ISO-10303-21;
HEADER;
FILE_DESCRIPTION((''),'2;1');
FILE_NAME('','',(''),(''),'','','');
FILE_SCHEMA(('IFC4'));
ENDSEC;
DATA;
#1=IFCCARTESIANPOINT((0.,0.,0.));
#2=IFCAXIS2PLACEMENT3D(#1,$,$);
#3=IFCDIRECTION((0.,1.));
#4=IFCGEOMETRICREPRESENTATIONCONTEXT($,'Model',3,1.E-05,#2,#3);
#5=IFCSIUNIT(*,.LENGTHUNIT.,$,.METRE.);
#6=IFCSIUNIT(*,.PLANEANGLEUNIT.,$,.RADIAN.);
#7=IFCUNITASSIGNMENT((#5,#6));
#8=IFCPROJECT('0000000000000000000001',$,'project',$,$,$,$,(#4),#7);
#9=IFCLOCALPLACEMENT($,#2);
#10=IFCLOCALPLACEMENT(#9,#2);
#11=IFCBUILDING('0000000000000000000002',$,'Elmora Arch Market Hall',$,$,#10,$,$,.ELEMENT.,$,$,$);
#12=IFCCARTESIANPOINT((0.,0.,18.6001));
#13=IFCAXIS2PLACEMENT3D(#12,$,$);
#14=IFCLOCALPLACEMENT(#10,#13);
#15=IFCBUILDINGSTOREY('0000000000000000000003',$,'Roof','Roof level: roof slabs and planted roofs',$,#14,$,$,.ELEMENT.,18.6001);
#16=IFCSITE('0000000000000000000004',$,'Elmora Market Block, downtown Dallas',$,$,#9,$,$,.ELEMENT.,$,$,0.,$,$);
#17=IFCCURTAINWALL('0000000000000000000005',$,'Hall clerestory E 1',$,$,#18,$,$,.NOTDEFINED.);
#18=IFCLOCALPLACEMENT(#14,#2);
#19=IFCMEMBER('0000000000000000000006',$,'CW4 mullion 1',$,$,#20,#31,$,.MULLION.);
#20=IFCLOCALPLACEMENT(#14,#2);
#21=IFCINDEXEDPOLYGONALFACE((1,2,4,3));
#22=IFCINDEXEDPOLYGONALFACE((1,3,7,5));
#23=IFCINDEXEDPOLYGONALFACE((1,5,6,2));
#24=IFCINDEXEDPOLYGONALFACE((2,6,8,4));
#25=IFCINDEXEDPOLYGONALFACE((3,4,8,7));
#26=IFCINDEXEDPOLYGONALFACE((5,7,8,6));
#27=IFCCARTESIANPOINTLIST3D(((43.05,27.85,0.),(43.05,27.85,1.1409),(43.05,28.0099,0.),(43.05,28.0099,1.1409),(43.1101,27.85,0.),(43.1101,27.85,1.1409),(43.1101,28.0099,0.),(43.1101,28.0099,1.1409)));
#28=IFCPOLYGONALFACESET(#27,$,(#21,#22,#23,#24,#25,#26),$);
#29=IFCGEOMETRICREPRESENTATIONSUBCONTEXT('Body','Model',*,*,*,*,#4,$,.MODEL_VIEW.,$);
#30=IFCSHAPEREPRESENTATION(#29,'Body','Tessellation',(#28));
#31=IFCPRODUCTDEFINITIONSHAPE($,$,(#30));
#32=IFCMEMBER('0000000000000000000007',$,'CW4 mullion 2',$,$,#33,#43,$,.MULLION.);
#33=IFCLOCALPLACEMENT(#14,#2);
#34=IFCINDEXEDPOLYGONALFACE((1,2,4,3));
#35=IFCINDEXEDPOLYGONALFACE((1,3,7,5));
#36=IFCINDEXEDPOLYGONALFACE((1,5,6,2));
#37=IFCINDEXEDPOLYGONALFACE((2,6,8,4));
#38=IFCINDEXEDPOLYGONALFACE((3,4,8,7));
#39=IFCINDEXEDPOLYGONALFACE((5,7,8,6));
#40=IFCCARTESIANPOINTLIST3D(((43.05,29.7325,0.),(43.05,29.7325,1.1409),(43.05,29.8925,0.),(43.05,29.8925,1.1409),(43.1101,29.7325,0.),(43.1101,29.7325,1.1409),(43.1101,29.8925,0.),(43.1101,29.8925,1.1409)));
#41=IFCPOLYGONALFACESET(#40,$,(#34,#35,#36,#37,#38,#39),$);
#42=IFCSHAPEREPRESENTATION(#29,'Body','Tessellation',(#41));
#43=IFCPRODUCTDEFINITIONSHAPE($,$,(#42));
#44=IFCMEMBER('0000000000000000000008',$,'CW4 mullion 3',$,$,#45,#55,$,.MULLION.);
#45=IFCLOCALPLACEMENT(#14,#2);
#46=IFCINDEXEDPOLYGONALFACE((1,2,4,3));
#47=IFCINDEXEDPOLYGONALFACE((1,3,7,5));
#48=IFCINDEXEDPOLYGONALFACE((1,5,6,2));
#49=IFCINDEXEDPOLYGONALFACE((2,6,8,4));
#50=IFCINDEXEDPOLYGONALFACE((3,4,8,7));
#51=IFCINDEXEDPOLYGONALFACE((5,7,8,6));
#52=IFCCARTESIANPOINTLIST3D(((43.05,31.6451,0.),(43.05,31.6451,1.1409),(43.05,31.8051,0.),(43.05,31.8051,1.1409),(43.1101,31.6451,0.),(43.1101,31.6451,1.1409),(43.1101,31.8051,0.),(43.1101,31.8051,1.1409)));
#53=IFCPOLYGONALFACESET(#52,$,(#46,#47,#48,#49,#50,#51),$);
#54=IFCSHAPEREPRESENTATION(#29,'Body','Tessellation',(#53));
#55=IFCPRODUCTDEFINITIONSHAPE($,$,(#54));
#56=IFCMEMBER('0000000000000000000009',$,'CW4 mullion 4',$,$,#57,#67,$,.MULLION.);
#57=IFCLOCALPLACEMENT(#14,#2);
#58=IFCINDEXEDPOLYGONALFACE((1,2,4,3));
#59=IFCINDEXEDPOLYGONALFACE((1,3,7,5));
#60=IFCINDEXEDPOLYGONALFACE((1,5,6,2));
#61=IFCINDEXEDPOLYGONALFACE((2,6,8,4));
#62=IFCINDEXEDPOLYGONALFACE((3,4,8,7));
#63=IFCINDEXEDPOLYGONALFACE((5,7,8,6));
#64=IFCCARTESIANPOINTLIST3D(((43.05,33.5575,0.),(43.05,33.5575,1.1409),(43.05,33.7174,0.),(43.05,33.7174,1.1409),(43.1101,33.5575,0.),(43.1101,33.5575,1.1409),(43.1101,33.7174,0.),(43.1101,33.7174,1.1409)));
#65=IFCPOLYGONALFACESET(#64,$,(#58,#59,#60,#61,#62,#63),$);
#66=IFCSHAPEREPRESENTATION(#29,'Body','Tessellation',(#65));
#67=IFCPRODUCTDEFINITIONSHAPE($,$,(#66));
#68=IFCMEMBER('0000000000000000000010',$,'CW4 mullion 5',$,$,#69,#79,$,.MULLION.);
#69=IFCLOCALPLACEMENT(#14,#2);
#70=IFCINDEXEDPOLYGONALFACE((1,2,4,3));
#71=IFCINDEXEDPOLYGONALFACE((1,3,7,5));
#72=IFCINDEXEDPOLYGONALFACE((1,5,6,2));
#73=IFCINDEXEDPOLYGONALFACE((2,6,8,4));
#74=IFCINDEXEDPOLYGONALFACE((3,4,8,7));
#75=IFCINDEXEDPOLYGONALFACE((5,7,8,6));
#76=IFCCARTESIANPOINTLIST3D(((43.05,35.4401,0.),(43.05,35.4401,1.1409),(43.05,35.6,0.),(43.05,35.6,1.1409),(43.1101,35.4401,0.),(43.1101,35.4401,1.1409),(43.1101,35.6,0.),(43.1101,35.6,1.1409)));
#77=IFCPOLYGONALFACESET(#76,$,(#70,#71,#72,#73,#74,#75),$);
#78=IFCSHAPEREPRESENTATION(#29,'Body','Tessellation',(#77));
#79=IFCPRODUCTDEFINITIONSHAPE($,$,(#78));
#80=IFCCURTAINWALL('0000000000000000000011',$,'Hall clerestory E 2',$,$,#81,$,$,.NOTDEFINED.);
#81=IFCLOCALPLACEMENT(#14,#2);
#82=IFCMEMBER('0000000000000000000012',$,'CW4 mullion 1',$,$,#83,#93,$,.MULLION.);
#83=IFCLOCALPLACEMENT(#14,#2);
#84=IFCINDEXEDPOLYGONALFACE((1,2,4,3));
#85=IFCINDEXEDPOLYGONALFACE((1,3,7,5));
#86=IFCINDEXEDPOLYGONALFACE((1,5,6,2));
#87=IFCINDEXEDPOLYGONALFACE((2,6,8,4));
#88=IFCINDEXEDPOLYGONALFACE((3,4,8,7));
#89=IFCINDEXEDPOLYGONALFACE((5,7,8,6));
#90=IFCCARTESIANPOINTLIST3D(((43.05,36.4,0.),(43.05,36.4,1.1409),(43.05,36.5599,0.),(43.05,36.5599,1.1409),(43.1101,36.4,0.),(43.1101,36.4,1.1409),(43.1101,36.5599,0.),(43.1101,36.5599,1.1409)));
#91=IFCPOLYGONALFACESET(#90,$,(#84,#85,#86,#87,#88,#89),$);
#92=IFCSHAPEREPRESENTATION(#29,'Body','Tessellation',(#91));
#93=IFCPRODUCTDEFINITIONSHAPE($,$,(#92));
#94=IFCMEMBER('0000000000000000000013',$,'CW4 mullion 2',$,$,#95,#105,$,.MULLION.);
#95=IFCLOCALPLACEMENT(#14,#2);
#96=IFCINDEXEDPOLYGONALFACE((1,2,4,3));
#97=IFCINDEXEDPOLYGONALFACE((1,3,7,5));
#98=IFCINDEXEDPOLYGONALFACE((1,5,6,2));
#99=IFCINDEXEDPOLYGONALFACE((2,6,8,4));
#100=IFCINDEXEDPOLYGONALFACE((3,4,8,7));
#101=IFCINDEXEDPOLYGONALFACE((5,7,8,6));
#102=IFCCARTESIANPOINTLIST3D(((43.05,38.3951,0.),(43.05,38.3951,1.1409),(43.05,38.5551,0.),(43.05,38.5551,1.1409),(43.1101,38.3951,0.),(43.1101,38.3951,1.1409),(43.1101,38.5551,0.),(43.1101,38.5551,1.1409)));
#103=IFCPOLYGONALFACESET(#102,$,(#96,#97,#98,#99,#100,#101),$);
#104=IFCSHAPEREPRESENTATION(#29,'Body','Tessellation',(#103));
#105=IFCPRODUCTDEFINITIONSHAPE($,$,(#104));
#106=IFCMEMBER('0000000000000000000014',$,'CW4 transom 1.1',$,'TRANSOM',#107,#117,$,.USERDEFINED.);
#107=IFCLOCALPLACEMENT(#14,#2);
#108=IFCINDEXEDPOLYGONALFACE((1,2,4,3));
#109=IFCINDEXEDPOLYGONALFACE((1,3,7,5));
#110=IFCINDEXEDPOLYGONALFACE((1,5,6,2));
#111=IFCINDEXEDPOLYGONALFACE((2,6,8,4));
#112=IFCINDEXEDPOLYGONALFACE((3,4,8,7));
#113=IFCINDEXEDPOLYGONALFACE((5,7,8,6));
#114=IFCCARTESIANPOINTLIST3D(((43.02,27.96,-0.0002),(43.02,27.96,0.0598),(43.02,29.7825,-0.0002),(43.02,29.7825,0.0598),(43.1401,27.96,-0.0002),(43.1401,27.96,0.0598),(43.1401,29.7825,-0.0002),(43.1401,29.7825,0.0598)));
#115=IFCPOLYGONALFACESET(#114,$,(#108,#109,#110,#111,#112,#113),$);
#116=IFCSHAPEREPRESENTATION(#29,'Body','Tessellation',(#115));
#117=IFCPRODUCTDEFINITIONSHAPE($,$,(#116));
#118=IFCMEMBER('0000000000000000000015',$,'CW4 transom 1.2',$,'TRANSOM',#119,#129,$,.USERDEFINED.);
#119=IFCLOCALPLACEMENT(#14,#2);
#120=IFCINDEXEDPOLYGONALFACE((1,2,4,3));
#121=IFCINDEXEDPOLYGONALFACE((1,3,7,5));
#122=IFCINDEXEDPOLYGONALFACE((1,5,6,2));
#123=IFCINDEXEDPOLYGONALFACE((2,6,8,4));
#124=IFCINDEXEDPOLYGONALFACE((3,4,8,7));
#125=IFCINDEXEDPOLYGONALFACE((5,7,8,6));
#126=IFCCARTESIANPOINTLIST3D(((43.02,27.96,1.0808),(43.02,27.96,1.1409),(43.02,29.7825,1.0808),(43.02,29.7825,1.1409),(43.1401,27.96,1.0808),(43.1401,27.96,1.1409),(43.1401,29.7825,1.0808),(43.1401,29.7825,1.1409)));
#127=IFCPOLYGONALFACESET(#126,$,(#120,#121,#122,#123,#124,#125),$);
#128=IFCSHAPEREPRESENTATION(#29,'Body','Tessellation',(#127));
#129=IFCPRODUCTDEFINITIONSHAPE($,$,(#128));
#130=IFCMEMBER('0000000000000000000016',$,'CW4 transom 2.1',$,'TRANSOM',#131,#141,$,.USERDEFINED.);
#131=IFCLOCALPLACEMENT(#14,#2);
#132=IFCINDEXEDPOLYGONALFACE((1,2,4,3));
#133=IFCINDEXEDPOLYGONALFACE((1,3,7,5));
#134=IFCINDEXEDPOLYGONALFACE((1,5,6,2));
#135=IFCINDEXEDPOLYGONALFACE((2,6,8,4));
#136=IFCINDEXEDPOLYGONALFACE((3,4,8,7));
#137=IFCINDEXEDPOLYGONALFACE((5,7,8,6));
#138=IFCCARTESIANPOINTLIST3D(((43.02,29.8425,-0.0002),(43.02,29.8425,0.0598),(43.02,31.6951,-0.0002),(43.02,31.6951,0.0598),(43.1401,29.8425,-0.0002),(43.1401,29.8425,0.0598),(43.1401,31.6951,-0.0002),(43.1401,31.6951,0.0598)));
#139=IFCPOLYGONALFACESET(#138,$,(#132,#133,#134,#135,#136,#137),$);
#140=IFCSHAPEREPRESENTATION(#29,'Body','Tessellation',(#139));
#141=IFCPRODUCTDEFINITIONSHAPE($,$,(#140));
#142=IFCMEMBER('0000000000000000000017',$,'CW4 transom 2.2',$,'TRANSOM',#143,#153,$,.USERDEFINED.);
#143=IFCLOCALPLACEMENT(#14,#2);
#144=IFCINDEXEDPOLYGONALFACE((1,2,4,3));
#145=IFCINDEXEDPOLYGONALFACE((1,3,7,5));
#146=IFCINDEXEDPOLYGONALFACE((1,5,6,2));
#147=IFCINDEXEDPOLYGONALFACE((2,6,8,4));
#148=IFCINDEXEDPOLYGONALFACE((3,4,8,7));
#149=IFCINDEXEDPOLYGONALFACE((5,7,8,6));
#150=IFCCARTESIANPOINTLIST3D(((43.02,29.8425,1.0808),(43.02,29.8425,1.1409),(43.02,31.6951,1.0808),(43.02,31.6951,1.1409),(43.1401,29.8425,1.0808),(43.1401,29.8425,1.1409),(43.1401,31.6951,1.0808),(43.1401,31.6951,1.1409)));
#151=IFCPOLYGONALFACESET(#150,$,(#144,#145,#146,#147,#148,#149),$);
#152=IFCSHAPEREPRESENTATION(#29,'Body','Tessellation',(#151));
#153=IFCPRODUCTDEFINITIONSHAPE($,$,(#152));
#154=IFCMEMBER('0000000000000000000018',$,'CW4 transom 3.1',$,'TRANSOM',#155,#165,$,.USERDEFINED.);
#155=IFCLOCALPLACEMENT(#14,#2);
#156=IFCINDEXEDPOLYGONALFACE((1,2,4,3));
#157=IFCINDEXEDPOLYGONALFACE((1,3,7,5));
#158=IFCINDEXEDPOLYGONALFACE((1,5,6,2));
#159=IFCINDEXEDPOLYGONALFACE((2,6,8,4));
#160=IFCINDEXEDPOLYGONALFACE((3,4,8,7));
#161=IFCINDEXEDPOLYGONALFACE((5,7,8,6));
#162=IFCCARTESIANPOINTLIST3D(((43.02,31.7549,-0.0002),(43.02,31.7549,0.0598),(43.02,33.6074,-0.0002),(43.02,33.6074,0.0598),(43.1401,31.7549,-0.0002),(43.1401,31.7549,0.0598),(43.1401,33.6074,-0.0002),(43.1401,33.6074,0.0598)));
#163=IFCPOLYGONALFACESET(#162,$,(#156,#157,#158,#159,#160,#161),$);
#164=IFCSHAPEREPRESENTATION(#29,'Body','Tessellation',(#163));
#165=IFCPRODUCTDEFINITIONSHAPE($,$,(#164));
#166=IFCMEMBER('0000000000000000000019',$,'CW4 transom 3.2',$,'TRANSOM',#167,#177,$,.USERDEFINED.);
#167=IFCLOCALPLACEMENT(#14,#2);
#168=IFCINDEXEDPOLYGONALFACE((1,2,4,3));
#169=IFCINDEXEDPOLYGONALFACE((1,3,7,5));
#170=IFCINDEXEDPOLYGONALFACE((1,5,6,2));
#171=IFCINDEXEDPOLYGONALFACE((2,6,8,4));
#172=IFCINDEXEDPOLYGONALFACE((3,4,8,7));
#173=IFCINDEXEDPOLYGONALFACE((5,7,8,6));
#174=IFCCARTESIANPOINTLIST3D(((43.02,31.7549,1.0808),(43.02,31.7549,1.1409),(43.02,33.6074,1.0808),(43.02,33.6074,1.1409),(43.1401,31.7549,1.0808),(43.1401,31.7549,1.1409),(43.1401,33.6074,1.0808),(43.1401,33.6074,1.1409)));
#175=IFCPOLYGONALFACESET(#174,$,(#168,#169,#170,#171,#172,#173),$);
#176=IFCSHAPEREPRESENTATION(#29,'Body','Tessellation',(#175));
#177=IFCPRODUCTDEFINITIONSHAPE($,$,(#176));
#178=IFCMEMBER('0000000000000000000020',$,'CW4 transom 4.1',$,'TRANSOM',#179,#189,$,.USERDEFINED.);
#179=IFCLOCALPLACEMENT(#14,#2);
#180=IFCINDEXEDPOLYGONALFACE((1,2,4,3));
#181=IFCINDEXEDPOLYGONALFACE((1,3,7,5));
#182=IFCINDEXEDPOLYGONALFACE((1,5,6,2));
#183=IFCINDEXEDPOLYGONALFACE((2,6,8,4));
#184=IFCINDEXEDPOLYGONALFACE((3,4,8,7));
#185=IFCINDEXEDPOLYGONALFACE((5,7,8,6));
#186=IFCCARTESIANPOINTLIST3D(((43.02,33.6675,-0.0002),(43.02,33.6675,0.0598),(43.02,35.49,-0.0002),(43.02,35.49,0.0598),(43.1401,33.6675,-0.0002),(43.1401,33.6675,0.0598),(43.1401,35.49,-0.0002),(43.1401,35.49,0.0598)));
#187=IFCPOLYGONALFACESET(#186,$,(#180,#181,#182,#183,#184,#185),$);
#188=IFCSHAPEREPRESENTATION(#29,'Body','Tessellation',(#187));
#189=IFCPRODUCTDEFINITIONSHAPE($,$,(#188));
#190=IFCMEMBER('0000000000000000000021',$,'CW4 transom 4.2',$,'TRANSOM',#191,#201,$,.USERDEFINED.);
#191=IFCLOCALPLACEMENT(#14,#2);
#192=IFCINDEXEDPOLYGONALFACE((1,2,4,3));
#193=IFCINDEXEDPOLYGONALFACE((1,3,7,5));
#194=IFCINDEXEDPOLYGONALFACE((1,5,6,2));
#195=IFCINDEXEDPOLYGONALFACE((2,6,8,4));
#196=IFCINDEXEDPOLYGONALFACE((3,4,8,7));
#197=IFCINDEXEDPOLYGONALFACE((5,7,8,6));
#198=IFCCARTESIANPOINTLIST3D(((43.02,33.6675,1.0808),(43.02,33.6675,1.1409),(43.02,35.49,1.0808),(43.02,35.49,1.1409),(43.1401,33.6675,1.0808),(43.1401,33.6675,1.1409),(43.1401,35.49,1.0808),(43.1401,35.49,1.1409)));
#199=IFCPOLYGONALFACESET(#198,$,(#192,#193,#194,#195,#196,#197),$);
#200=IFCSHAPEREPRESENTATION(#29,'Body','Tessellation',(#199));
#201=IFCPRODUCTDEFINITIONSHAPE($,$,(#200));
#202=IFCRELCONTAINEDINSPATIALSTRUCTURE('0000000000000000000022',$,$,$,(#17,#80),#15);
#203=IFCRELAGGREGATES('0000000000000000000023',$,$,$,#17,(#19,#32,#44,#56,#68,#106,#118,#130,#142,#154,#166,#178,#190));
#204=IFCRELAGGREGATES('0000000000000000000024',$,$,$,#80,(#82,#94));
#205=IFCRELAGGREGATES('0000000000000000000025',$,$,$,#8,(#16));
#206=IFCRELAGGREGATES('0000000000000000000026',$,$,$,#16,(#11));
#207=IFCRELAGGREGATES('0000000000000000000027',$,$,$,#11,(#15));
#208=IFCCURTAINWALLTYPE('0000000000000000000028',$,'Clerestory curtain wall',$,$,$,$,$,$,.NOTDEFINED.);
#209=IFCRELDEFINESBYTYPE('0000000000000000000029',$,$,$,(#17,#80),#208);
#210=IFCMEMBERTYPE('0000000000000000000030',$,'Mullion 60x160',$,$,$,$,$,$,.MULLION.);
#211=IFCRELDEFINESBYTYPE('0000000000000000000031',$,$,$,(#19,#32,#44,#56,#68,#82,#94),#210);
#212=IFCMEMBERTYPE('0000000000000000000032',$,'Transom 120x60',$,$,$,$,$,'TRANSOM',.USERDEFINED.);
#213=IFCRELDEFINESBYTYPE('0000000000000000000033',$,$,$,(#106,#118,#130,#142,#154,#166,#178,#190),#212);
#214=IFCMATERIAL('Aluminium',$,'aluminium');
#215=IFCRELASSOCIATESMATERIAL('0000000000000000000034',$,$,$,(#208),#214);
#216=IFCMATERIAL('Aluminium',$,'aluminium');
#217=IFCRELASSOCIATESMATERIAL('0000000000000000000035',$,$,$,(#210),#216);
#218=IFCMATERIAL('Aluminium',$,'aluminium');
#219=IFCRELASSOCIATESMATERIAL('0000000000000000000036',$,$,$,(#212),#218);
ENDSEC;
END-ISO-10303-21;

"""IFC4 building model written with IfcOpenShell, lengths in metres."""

from ifc_helpers import new_model, si_unit, direction, frame, origin, origin_2d, place, context, subcontext, project, spatial, rectangle, extrude, material, material_profile, profile_set, type_object, element, aggregate, save


model = new_model("IFC4")

# Units and contexts
model_context = context("Model", 3, precision=1e-05, world=origin(), true_north=direction((0.0, 1.0)))
body_context = subcontext(model_context, "Body", "Model", "MODEL_VIEW")
ifc_project = project(units=[si_unit("LENGTHUNIT", "METRE"), si_unit("PLANEANGLEUNIT", "RADIAN")], contexts=[model_context])

# Site, building, storey
site_placement = place(None, origin())
site = spatial("IfcSite", under=ifc_project, at=site_placement, Name="Elmora Market Block, downtown Dallas", CompositionType="ELEMENT", RefElevation=0.0)
building_placement = place(site_placement, origin())
building = spatial("IfcBuilding", under=site, at=building_placement, Name="Elmora Arch Market Hall", CompositionType="ELEMENT")
storey_placement = place(building_placement, frame((0.0, 0.0, 18.6001)))
storey = spatial("IfcBuildingStorey", under=building, at=storey_placement, Name="Roof", Description="Roof level: roof slabs and planted roofs", CompositionType="ELEMENT", Elevation=18.6001)

# Curtain walls, members
ifc_material_1 = material(Name="Aluminium", Category="aluminium")
curtain_wall_type = type_object("IfcCurtainWallType", Name="Clerestory curtain wall", PredefinedType="NOTDEFINED", material=ifc_material_1)
curtain_wall_1_placement = place(storey_placement, origin())
curtain_wall_1 = element("IfcCurtainWall", 1, at=curtain_wall_1_placement, inside=storey, type_object=curtain_wall_type, Name="Hall clerestory E 1", PredefinedType="NOTDEFINED")
ifc_material_2 = material(Name="Aluminium", Category="aluminium")
ifc_material_profile_1 = material_profile(ifc_material_2, rectangle(XDim=0.0601, YDim=0.1599, at=origin_2d()), Name="AL 60x160")
ifc_profile_set_1 = profile_set([ifc_material_profile_1], Name="Aluminium")
member_type_1 = type_object("IfcMemberType", Name="Mullion 60x160", PredefinedType="MULLION", material=ifc_profile_set_1)
member_1_placement = place(storey_placement, frame((43.0801, 27.9299, 0.0), z_axis=(0.0, 0.0, 1.0), x_axis=(-1.0, 0.0, 0.0)))
member_1 = element("IfcMember", 2, at=member_1_placement, type_object=member_type_1, Name="CW4 mullion 1", PredefinedType="MULLION", context=body_context, shape_type="SweptSolid", body=[
    extrude(rectangle(XDim=0.0601, YDim=0.1599, at=origin_2d()), origin(), (0.0, 0.0, 1.0), 1.1409),
])
member_2_placement = place(storey_placement, frame((43.0801, 29.8125, 0.0), z_axis=(0.0, 0.0, 1.0), x_axis=(-1.0, 0.0, 0.0)))
member_2 = element("IfcMember", 3, at=member_2_placement, type_object=member_type_1, Name="CW4 mullion 2", PredefinedType="MULLION", context=body_context, shape_type="SweptSolid", body=[
    extrude(rectangle(XDim=0.0601, YDim=0.1599, at=origin_2d()), origin(), (0.0, 0.0, 1.0), 1.1409),
])
member_3_placement = place(storey_placement, frame((43.0801, 31.7251, 0.0), z_axis=(0.0, 0.0, 1.0), x_axis=(-1.0, 0.0, 0.0)))
member_3 = element("IfcMember", 4, at=member_3_placement, type_object=member_type_1, Name="CW4 mullion 3", PredefinedType="MULLION", context=body_context, shape_type="SweptSolid", body=[
    extrude(rectangle(XDim=0.0601, YDim=0.1599, at=origin_2d()), origin(), (0.0, 0.0, 1.0), 1.1409),
])
member_4_placement = place(storey_placement, frame((43.0801, 33.6375, 0.0), z_axis=(0.0, 0.0, 1.0), x_axis=(-1.0, 0.0, 0.0)))
member_4 = element("IfcMember", 5, at=member_4_placement, type_object=member_type_1, Name="CW4 mullion 4", PredefinedType="MULLION", context=body_context, shape_type="SweptSolid", body=[
    extrude(rectangle(XDim=0.0601, YDim=0.1599, at=origin_2d()), origin(), (0.0, 0.0, 1.0), 1.1409),
])
member_5_placement = place(storey_placement, frame((43.0801, 35.52, 0.0), z_axis=(0.0, 0.0, 1.0), x_axis=(-1.0, 0.0, 0.0)))
member_5 = element("IfcMember", 6, at=member_5_placement, type_object=member_type_1, Name="CW4 mullion 5", PredefinedType="MULLION", context=body_context, shape_type="SweptSolid", body=[
    extrude(rectangle(XDim=0.0601, YDim=0.1599, at=origin_2d()), origin(), (0.0, 0.0, 1.0), 1.1409),
])
curtain_wall_2_placement = place(storey_placement, origin())
curtain_wall_2 = element("IfcCurtainWall", 7, at=curtain_wall_2_placement, inside=storey, type_object=curtain_wall_type, Name="Hall clerestory E 2", PredefinedType="NOTDEFINED")
member_6_placement = place(storey_placement, frame((43.0801, 36.48, 0.0), z_axis=(0.0, 0.0, 1.0), x_axis=(-1.0, 0.0, 0.0)))
member_6 = element("IfcMember", 8, at=member_6_placement, type_object=member_type_1, Name="CW4 mullion 1", PredefinedType="MULLION", context=body_context, shape_type="SweptSolid", body=[
    extrude(rectangle(XDim=0.0601, YDim=0.1599, at=origin_2d()), origin(), (0.0, 0.0, 1.0), 1.1409),
])
member_7_placement = place(storey_placement, frame((43.0801, 38.4751, 0.0), z_axis=(0.0, 0.0, 1.0), x_axis=(-1.0, 0.0, 0.0)))
member_7 = element("IfcMember", 9, at=member_7_placement, type_object=member_type_1, Name="CW4 mullion 2", PredefinedType="MULLION", context=body_context, shape_type="SweptSolid", body=[
    extrude(rectangle(XDim=0.0601, YDim=0.1599, at=origin_2d()), origin(), (0.0, 0.0, 1.0), 1.1409),
])

# Members
ifc_material_3 = material(Name="Aluminium", Category="aluminium")
ifc_material_profile_2 = material_profile(ifc_material_3, rectangle(XDim=0.1201, YDim=0.0601, at=origin_2d()), Name="AL 120x60")
ifc_profile_set_2 = profile_set([ifc_material_profile_2], Name="Aluminium")
member_type_2 = type_object("IfcMemberType", Name="Transom 120x60", ElementType="TRANSOM", PredefinedType="USERDEFINED", material=ifc_profile_set_2)
member_8_placement = place(storey_placement, frame((43.0801, 27.96, 0.0298), z_axis=(0.0, 1.0, 0.0), x_axis=(-1.0, 0.0, 0.0)))
member_8 = element("IfcMember", 10, at=member_8_placement, type_object=member_type_2, Name="CW4 transom 1.1", ObjectType="TRANSOM", PredefinedType="USERDEFINED", context=body_context, shape_type="SweptSolid", body=[
    extrude(rectangle(XDim=0.1201, YDim=0.0601, at=origin_2d()), origin(), (0.0, 0.0, 1.0), 1.8225),
])
member_9_placement = place(storey_placement, frame((43.0801, 27.96, 1.1108), z_axis=(0.0, 1.0, 0.0), x_axis=(-1.0, 0.0, 0.0)))
member_9 = element("IfcMember", 11, at=member_9_placement, type_object=member_type_2, Name="CW4 transom 1.2", ObjectType="TRANSOM", PredefinedType="USERDEFINED", context=body_context, shape_type="SweptSolid", body=[
    extrude(rectangle(XDim=0.1201, YDim=0.0601, at=origin_2d()), origin(), (0.0, 0.0, 1.0), 1.8225),
])
member_10_placement = place(storey_placement, frame((43.0801, 29.8425, 0.0298), z_axis=(0.0, 1.0, 0.0), x_axis=(-1.0, 0.0, 0.0)))
member_10 = element("IfcMember", 12, at=member_10_placement, type_object=member_type_2, Name="CW4 transom 2.1", ObjectType="TRANSOM", PredefinedType="USERDEFINED", context=body_context, shape_type="SweptSolid", body=[
    extrude(rectangle(XDim=0.1201, YDim=0.0601, at=origin_2d()), origin(), (0.0, 0.0, 1.0), 1.8525),
])
member_11_placement = place(storey_placement, frame((43.0801, 29.8425, 1.1108), z_axis=(0.0, 1.0, 0.0), x_axis=(-1.0, 0.0, 0.0)))
member_11 = element("IfcMember", 13, at=member_11_placement, type_object=member_type_2, Name="CW4 transom 2.2", ObjectType="TRANSOM", PredefinedType="USERDEFINED", context=body_context, shape_type="SweptSolid", body=[
    extrude(rectangle(XDim=0.1201, YDim=0.0601, at=origin_2d()), origin(), (0.0, 0.0, 1.0), 1.8525),
])
member_12_placement = place(storey_placement, frame((43.0801, 31.7549, 0.0298), z_axis=(0.0, 1.0, 0.0), x_axis=(-1.0, 0.0, 0.0)))
member_12 = element("IfcMember", 14, at=member_12_placement, type_object=member_type_2, Name="CW4 transom 3.1", ObjectType="TRANSOM", PredefinedType="USERDEFINED", context=body_context, shape_type="SweptSolid", body=[
    extrude(rectangle(XDim=0.1201, YDim=0.0601, at=origin_2d()), origin(), (0.0, 0.0, 1.0), 1.8525),
])
member_13_placement = place(storey_placement, frame((43.0801, 31.7549, 1.1108), z_axis=(0.0, 1.0, 0.0), x_axis=(-1.0, 0.0, 0.0)))
member_13 = element("IfcMember", 15, at=member_13_placement, type_object=member_type_2, Name="CW4 transom 3.2", ObjectType="TRANSOM", PredefinedType="USERDEFINED", context=body_context, shape_type="SweptSolid", body=[
    extrude(rectangle(XDim=0.1201, YDim=0.0601, at=origin_2d()), origin(), (0.0, 0.0, 1.0), 1.8525),
])
member_14_placement = place(storey_placement, frame((43.0801, 33.6675, 0.0298), z_axis=(0.0, 1.0, 0.0), x_axis=(-1.0, 0.0, 0.0)))
member_14 = element("IfcMember", 16, at=member_14_placement, type_object=member_type_2, Name="CW4 transom 4.1", ObjectType="TRANSOM", PredefinedType="USERDEFINED", context=body_context, shape_type="SweptSolid", body=[
    extrude(rectangle(XDim=0.1201, YDim=0.0601, at=origin_2d()), origin(), (0.0, 0.0, 1.0), 1.8225),
])
member_15_placement = place(storey_placement, frame((43.0801, 33.6675, 1.1108), z_axis=(0.0, 1.0, 0.0), x_axis=(-1.0, 0.0, 0.0)))
member_15 = element("IfcMember", 17, at=member_15_placement, type_object=member_type_2, Name="CW4 transom 4.2", ObjectType="TRANSOM", PredefinedType="USERDEFINED", context=body_context, shape_type="SweptSolid", body=[
    extrude(rectangle(XDim=0.1201, YDim=0.0601, at=origin_2d()), origin(), (0.0, 0.0, 1.0), 1.8225),
])

aggregate(curtain_wall_1, [member_1, member_2, member_3, member_4, member_5, member_8, member_9, member_10, member_11, member_12, member_13, member_14, member_15])
aggregate(curtain_wall_2, [member_6, member_7])

save(model, "model.ifc")
